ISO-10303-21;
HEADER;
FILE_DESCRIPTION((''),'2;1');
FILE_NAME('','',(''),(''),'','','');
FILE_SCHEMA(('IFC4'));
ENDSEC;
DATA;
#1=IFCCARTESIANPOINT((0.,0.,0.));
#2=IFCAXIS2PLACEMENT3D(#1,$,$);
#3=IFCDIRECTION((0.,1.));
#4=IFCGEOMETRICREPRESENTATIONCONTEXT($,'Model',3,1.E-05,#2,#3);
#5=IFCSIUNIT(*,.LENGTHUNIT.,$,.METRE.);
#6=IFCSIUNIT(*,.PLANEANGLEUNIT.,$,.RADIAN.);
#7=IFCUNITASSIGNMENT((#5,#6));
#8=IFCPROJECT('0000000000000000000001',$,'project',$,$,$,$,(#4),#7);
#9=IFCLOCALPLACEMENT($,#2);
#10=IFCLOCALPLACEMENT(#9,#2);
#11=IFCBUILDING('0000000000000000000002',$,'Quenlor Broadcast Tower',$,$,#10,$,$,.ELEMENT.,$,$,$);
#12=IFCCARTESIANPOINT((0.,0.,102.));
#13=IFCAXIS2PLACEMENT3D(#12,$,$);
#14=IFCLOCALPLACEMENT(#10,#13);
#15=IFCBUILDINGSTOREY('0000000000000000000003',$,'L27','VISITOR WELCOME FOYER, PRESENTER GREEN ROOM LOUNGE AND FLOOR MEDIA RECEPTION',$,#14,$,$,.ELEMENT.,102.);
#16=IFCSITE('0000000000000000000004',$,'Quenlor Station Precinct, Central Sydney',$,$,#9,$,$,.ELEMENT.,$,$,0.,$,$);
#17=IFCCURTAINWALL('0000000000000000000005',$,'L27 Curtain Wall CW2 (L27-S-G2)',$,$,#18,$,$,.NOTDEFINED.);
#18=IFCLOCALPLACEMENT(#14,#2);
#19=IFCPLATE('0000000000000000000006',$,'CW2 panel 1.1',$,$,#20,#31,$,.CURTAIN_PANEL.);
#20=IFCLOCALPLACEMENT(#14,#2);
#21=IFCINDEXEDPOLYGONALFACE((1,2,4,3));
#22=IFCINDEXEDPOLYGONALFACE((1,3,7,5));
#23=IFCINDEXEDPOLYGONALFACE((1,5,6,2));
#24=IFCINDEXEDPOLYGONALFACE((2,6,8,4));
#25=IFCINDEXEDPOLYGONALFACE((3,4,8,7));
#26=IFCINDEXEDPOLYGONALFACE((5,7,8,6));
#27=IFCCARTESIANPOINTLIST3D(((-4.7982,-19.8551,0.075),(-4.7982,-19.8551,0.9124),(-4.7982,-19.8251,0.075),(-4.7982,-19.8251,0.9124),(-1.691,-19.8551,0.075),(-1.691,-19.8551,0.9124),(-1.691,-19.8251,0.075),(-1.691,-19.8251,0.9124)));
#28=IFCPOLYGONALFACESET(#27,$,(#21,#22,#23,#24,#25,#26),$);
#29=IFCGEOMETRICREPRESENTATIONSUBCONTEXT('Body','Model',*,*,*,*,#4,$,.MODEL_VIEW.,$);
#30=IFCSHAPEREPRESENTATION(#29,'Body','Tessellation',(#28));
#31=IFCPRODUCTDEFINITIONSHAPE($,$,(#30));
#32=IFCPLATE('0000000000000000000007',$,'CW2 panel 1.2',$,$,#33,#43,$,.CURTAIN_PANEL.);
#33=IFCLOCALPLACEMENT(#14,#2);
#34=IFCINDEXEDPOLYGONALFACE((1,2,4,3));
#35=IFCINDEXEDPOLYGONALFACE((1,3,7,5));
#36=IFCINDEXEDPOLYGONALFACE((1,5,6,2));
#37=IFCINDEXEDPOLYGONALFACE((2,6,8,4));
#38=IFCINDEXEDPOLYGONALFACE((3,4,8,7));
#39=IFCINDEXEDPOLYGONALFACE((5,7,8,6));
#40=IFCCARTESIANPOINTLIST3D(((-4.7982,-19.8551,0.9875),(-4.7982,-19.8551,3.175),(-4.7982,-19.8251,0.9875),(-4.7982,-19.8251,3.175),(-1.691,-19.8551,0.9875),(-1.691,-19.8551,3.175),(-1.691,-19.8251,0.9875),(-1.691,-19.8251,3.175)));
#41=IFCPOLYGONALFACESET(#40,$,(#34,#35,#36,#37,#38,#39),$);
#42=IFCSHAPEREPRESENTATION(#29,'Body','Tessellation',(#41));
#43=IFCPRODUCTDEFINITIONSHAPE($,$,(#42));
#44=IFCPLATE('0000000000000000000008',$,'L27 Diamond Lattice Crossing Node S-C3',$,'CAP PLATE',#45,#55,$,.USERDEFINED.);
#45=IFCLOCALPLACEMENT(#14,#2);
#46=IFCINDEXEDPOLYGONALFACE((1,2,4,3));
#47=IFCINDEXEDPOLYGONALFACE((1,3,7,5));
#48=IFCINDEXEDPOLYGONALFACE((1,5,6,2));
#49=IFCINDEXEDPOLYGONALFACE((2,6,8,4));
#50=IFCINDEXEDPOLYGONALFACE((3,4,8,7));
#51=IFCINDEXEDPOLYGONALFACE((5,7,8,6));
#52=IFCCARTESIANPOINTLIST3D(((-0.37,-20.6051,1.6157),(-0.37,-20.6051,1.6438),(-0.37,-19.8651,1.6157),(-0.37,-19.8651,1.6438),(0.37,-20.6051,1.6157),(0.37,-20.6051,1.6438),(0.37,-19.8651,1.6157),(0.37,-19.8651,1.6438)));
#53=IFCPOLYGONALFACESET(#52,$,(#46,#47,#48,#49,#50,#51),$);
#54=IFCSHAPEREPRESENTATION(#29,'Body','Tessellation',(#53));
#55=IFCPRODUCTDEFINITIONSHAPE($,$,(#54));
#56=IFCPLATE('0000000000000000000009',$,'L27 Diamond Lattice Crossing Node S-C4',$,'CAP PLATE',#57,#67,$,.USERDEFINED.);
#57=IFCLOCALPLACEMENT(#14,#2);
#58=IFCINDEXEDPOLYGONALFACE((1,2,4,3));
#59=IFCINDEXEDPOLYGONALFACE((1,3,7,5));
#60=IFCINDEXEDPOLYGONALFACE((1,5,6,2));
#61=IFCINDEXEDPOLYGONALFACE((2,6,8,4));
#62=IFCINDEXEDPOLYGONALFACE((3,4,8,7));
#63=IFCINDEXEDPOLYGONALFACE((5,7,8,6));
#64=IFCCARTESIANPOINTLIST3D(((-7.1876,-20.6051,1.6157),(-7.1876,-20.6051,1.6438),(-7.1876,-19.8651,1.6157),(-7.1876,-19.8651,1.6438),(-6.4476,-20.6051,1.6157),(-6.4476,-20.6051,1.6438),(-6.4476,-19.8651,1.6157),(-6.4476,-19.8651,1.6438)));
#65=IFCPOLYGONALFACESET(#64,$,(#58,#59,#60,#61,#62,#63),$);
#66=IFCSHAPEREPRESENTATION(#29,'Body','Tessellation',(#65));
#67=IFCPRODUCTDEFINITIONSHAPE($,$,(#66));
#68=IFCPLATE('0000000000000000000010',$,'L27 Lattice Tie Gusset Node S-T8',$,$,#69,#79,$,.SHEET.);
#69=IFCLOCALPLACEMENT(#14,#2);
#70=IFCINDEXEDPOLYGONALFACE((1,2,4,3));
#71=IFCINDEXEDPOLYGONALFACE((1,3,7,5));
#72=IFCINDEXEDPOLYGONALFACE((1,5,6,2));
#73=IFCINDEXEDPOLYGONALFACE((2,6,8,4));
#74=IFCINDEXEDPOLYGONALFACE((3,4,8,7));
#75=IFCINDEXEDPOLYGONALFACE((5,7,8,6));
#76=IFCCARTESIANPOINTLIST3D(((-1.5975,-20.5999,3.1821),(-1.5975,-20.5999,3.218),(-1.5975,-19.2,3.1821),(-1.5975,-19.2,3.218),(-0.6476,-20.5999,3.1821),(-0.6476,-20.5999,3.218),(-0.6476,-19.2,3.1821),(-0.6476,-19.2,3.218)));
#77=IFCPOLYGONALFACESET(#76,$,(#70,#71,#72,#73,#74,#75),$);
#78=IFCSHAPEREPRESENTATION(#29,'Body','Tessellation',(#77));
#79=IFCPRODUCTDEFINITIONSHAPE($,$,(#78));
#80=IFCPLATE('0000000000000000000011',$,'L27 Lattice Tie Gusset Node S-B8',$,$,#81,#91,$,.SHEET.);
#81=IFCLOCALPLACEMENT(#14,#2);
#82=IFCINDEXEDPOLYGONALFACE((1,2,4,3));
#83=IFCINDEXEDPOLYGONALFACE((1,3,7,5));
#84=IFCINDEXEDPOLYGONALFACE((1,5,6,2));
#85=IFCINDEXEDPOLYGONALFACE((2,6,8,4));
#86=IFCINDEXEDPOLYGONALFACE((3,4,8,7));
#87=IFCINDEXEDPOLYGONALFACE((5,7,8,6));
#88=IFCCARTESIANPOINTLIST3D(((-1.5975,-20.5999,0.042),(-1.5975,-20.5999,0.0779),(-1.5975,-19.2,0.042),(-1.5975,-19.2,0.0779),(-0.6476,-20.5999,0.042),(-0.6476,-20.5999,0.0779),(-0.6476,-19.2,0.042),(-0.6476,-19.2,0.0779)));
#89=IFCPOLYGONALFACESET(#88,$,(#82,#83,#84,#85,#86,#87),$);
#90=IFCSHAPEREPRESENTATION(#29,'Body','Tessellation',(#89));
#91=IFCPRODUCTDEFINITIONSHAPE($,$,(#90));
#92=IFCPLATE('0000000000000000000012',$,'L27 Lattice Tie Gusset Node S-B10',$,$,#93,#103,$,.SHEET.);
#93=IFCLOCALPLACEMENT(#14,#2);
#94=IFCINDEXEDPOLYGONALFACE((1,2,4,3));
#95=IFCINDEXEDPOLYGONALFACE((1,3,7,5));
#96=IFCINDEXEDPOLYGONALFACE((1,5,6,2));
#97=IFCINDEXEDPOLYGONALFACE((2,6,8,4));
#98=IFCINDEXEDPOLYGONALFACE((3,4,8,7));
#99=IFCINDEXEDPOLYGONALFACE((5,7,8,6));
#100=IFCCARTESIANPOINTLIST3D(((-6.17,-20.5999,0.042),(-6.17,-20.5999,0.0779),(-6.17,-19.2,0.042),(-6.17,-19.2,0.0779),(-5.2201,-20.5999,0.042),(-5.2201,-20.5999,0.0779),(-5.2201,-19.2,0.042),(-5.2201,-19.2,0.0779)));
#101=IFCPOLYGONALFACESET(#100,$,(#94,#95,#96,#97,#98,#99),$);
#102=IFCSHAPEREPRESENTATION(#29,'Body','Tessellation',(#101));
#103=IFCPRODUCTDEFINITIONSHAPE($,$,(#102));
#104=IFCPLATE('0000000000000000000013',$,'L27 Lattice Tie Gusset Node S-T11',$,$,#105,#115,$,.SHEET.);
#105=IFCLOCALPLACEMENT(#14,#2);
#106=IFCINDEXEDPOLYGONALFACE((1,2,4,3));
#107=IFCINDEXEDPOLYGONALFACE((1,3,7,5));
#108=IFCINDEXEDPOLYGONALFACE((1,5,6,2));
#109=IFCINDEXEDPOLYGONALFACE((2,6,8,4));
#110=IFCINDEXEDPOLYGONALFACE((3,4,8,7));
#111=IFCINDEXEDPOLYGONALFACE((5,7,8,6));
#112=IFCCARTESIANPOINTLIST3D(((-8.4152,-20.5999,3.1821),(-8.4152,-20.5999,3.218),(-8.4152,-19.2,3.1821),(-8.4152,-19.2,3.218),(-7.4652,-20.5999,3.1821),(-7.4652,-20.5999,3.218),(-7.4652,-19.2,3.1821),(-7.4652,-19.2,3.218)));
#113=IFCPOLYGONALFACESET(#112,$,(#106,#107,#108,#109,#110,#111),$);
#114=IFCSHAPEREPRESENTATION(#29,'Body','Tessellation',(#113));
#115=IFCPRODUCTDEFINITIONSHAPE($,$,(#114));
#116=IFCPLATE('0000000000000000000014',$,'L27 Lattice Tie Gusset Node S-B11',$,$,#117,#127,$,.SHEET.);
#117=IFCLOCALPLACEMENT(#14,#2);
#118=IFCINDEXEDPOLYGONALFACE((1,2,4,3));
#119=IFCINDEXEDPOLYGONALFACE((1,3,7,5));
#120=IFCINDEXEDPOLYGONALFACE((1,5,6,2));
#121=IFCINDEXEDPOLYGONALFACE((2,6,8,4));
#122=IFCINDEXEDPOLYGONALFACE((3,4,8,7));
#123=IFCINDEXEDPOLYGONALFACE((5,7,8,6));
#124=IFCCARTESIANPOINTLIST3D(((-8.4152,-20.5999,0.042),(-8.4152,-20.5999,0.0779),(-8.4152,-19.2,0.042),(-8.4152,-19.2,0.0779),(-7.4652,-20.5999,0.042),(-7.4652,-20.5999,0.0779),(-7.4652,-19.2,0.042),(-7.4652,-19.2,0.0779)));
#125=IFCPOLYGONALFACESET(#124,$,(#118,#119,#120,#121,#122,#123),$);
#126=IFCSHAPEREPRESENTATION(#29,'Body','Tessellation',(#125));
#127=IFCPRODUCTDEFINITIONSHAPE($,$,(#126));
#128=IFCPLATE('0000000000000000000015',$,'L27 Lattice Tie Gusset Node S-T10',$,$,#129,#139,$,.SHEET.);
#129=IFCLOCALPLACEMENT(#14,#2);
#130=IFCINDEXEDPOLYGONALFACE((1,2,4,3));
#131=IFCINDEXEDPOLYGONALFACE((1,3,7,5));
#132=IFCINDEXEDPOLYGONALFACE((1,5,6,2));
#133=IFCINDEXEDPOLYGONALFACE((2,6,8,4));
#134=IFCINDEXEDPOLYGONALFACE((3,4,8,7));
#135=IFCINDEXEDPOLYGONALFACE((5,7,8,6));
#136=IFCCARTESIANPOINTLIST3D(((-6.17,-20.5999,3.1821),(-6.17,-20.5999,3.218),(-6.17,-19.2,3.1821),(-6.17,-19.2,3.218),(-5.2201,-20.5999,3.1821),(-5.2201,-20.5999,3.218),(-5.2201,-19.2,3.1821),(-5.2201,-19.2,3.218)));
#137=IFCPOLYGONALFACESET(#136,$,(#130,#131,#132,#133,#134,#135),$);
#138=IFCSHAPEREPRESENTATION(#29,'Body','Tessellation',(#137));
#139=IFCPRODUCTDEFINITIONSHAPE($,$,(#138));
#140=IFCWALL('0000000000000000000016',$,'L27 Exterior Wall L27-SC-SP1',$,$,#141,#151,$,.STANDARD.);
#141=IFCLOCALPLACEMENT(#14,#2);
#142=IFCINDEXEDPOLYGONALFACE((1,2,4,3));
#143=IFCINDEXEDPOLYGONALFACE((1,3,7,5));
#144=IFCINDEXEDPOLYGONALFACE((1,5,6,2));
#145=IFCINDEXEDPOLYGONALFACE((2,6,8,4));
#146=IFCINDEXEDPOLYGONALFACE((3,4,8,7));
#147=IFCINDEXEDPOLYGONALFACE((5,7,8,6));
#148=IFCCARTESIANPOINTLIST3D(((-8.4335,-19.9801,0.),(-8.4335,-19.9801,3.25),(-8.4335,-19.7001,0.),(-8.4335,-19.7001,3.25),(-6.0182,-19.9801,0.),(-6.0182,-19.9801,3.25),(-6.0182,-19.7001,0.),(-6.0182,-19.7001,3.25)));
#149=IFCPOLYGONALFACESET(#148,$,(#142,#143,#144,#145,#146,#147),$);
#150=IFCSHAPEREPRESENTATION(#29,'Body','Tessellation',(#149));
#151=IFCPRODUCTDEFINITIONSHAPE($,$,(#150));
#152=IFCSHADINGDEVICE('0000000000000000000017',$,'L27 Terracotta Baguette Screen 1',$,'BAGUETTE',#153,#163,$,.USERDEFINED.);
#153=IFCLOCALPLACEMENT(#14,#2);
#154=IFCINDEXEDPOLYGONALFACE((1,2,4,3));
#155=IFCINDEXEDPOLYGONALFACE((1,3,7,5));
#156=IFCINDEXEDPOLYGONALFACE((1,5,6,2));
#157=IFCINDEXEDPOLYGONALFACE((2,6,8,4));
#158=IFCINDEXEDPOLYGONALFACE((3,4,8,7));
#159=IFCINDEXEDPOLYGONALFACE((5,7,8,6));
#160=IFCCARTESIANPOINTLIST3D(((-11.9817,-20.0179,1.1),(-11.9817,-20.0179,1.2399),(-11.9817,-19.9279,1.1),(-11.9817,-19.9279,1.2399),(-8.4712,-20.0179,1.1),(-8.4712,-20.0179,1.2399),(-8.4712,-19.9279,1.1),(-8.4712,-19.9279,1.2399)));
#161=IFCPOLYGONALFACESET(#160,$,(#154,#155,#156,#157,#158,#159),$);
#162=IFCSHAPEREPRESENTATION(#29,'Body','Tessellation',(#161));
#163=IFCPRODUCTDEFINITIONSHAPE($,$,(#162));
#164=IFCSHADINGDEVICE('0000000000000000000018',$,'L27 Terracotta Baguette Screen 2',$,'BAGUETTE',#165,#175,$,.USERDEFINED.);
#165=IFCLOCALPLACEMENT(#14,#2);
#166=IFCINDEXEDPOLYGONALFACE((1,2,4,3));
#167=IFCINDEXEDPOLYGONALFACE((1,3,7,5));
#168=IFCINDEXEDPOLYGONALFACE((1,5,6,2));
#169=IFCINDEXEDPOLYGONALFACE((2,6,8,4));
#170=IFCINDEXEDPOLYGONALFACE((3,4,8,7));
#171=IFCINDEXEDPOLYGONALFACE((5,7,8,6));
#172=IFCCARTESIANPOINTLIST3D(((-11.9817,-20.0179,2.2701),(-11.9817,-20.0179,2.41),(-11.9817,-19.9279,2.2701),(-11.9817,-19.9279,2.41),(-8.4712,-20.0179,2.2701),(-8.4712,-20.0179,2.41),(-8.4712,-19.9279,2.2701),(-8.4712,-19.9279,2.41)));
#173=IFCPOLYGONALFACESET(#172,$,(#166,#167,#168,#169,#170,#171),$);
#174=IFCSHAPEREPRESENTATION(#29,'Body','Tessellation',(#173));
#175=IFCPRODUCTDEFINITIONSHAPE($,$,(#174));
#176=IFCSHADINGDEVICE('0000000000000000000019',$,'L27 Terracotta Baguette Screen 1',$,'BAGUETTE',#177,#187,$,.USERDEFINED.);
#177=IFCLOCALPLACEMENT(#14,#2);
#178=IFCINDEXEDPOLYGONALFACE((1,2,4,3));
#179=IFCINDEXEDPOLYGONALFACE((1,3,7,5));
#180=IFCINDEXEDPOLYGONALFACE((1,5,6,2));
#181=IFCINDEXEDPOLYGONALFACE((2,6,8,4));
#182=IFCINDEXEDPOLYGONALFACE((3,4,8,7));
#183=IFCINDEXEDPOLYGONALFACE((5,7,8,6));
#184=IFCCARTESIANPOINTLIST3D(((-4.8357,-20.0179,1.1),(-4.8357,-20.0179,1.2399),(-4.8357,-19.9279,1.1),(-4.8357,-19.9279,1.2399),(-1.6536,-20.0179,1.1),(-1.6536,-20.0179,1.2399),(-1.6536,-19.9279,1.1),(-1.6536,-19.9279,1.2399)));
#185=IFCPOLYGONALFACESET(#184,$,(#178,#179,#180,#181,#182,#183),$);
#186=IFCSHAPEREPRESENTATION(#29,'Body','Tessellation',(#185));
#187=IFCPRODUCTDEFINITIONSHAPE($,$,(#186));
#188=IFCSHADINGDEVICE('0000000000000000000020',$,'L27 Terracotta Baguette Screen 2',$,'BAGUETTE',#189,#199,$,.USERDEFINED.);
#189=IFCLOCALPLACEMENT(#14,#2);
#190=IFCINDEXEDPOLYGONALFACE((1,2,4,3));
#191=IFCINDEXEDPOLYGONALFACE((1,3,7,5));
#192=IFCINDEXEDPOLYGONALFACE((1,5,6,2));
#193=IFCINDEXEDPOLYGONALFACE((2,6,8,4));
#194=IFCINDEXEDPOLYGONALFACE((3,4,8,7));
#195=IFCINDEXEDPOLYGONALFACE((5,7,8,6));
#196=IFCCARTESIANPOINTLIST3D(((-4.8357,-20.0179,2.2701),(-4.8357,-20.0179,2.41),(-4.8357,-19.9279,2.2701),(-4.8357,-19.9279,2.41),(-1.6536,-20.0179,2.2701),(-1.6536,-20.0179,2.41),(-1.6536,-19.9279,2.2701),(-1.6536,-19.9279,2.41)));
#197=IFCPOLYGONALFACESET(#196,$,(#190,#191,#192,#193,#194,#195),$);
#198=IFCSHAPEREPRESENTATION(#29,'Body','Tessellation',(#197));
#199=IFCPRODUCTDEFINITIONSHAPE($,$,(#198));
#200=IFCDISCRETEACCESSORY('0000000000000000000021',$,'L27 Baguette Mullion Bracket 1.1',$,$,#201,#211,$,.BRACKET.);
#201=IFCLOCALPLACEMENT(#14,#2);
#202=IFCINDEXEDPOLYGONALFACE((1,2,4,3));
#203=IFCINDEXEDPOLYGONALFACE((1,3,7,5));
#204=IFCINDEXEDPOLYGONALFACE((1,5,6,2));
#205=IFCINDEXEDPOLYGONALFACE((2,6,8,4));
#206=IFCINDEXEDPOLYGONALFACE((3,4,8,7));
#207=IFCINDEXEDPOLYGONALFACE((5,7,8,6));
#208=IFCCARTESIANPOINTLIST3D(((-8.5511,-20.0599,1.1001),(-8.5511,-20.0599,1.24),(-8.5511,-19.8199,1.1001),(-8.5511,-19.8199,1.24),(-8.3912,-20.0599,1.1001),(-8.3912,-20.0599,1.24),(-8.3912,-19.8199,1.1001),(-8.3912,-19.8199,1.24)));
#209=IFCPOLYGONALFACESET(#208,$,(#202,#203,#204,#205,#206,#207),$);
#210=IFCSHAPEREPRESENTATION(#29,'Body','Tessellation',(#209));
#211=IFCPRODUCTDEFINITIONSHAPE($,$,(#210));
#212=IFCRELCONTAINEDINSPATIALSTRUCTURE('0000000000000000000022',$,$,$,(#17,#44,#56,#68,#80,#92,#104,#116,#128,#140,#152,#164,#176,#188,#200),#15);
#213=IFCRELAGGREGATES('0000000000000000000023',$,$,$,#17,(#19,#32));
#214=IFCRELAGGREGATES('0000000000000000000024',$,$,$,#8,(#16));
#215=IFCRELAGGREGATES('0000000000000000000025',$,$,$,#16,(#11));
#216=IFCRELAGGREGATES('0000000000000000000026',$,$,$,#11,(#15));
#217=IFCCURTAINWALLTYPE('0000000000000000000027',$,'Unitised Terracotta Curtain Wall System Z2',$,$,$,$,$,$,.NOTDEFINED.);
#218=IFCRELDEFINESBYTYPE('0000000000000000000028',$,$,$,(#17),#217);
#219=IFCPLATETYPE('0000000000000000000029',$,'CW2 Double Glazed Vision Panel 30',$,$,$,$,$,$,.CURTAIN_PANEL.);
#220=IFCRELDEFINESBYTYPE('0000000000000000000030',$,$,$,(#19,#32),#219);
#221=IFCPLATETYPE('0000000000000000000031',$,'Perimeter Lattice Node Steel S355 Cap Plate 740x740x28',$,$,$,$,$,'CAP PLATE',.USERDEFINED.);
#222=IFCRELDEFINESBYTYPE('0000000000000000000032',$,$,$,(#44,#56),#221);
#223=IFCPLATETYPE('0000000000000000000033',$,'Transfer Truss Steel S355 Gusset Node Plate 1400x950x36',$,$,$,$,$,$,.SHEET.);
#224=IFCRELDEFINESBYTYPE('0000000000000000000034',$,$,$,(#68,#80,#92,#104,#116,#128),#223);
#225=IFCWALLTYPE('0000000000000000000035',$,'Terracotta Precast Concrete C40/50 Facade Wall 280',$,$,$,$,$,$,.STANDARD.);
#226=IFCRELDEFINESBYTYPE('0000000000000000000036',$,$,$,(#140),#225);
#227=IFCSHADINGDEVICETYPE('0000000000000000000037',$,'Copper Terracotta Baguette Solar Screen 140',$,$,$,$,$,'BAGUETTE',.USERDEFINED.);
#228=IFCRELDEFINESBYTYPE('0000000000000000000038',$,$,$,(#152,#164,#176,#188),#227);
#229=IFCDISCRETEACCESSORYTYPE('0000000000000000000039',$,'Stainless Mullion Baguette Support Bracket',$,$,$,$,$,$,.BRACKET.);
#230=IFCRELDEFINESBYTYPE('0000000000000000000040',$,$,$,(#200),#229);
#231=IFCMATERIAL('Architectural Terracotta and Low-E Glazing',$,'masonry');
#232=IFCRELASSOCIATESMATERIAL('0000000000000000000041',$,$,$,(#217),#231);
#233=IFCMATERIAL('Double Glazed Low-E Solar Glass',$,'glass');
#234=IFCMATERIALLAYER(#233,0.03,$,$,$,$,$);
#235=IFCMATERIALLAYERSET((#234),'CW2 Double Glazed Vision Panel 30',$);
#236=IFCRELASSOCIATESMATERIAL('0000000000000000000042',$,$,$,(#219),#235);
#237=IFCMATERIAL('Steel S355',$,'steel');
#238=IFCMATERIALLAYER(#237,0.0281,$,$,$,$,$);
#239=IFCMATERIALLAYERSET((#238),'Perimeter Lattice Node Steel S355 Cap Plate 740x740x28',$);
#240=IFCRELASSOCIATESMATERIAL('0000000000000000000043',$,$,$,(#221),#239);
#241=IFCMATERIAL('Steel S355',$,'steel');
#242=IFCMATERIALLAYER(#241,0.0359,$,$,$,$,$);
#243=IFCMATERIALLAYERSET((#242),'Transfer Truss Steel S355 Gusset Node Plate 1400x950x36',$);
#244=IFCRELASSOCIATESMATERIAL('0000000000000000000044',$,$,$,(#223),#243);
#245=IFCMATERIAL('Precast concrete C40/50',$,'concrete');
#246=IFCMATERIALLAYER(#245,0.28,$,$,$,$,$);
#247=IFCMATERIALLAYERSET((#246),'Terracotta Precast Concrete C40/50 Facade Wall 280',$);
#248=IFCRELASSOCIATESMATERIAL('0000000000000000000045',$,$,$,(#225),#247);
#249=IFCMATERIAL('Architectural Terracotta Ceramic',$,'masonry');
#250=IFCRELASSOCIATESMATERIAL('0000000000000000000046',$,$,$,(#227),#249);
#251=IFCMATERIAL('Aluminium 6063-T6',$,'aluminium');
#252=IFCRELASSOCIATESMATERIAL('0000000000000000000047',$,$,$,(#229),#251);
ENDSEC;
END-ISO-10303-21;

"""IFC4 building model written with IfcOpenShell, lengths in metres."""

from ifc_helpers import new_model, si_unit, direction, frame, frame_2d, origin, origin_2d, place, context, subcontext, project, spatial, rectangle, extrude, material, layer, layer_set, material_profile, profile_set, type_object, element, aggregate, save


model = new_model("IFC4")

# Units and contexts
model_context = context("Model", 3, precision=1e-05, world=origin(), true_north=direction((0.0, 1.0)))
body_context = subcontext(model_context, "Body", "Model", "MODEL_VIEW")
ifc_project = project(units=[si_unit("LENGTHUNIT", "METRE"), si_unit("PLANEANGLEUNIT", "RADIAN")], contexts=[model_context])

# Site, building, storey
site_placement = place(None, origin())
site = spatial("IfcSite", under=ifc_project, at=site_placement, Name="Quenlor Station Precinct, Central Sydney", CompositionType="ELEMENT", RefElevation=0.0)
building_placement = place(site_placement, origin())
building = spatial("IfcBuilding", under=site, at=building_placement, Name="Quenlor Broadcast Tower", CompositionType="ELEMENT")
storey_placement = place(building_placement, frame((0.0, 0.0, 102.0)))
storey = spatial("IfcBuildingStorey", under=building, at=storey_placement, Name="L27", Description="VISITOR WELCOME FOYER, PRESENTER GREEN ROOM LOUNGE AND FLOOR MEDIA RECEPTION", CompositionType="ELEMENT", Elevation=102.0)

# Shared definitions
ifc_material_1 = material(Name="Architectural Terracotta and Low-E Glazing", Category="masonry")
curtain_wall_type = type_object("IfcCurtainWallType", Name="Unitised Terracotta Curtain Wall System Z2", PredefinedType="NOTDEFINED", material=ifc_material_1)

# Curtain wall
curtain_wall_1_placement = place(storey_placement, origin())
curtain_wall_1 = element("IfcCurtainWall", 1, at=curtain_wall_1_placement, inside=storey, type_object=curtain_wall_type, Name="L27 Curtain Wall CW2 (L27-S-G2)", PredefinedType="NOTDEFINED")

# Plates
ifc_material_2 = material(Name="Double Glazed Low-E Solar Glass", Category="glass")
ifc_layer_1 = layer(ifc_material_2, 0.03)
ifc_layer_set_1 = layer_set([ifc_layer_1], Name="CW2 Double Glazed Vision Panel 30")
plate_type_1 = type_object("IfcPlateType", Name="CW2 Double Glazed Vision Panel 30", PredefinedType="CURTAIN_PANEL", material=ifc_layer_set_1)
plate_1_placement = place(storey_placement, frame((-3.2446, -19.8401, 0.075), z_axis=(0.0, 0.0, 1.0), x_axis=(-1.0, 0.0, 0.0)))
plate_1 = element("IfcPlate", 2, at=plate_1_placement, type_object=plate_type_1, Name="CW2 panel 1.1", PredefinedType="CURTAIN_PANEL", context=body_context, shape_type="SweptSolid", body=[
    extrude(rectangle(XDim=3.1072, YDim=0.03, at=origin_2d()), origin(), (0.0, 0.0, 1.0), 0.8374),
])
plate_2_placement = place(storey_placement, frame((-3.2446, -19.8401, 0.9875), z_axis=(0.0, 0.0, 1.0), x_axis=(-1.0, 0.0, 0.0)))
plate_2 = element("IfcPlate", 3, at=plate_2_placement, type_object=plate_type_1, Name="CW2 panel 1.2", PredefinedType="CURTAIN_PANEL", context=body_context, shape_type="SweptSolid", body=[
    extrude(rectangle(XDim=3.1072, YDim=0.03, at=origin_2d()), origin(), (0.0, 0.0, 1.0), 2.1875),
])
aggregate(curtain_wall_1, [plate_1, plate_2])

# Plates
ifc_material_3 = material(Name="Steel S355", Category="steel")
ifc_layer_2 = layer(ifc_material_3, 0.0281)
ifc_layer_set_2 = layer_set([ifc_layer_2], Name="Perimeter Lattice Node Steel S355 Cap Plate 740x740x28")
plate_type_2 = type_object("IfcPlateType", Name="Perimeter Lattice Node Steel S355 Cap Plate 740x740x28", ElementType="CAP PLATE", PredefinedType="USERDEFINED", material=ifc_layer_set_2)
for number, where, z_axis, x_axis, name in (
    (4, (0.0, -20.2351, 1.6157), (0.0, 0.0, 1.0), (-1.0, 0.0, 0.0), "L27 Diamond Lattice Crossing Node S-C3"),
    (5, (-6.8176, -20.2351, 1.6157), (0.0, 0.0, 1.0), (-1.0, 0.0, 0.0), "L27 Diamond Lattice Crossing Node S-C4"),
):
    element("IfcPlate", number, at=place(storey_placement, frame(where, z_axis=z_axis, x_axis=x_axis)), inside=storey, type_object=plate_type_2, Name=name, ObjectType="CAP PLATE", PredefinedType="USERDEFINED", context=body_context, shape_type="SweptSolid", body=[
        extrude(rectangle(XDim=0.74, YDim=0.74, at=origin_2d()), origin(), (0.0, 0.0, 1.0), 0.0281),
    ])
ifc_material_4 = material(Name="Steel S355", Category="steel")
ifc_layer_3 = layer(ifc_material_4, 0.0359)
ifc_layer_set_3 = layer_set([ifc_layer_3], Name="Transfer Truss Steel S355 Gusset Node Plate 1400x950x36")
plate_type_3 = type_object("IfcPlateType", Name="Transfer Truss Steel S355 Gusset Node Plate 1400x950x36", PredefinedType="SHEET", material=ifc_layer_set_3)
for number, where, z_axis, x_axis, name in (
    (6, (-1.1226, -19.8999, 3.1821), (0.0, 0.0, 1.0), (0.0, -1.0, 0.0), "L27 Lattice Tie Gusset Node S-T8"),
    (7, (-1.1226, -19.8999, 0.042), (0.0, 0.0, 1.0), (0.0, -1.0, 0.0), "L27 Lattice Tie Gusset Node S-B8"),
    (8, (-5.6951, -19.8999, 0.042), (0.0, 0.0, 1.0), (0.0, -1.0, 0.0), "L27 Lattice Tie Gusset Node S-B10"),
    (9, (-7.9402, -19.8999, 3.1821), (0.0, 0.0, 1.0), (0.0, -1.0, 0.0), "L27 Lattice Tie Gusset Node S-T11"),
    (10, (-7.9402, -19.8999, 0.042), (0.0, 0.0, 1.0), (0.0, -1.0, 0.0), "L27 Lattice Tie Gusset Node S-B11"),
    (11, (-5.6951, -19.8999, 3.1821), (0.0, 0.0, 1.0), (0.0, -1.0, 0.0), "L27 Lattice Tie Gusset Node S-T10"),
):
    element("IfcPlate", number, at=place(storey_placement, frame(where, z_axis=z_axis, x_axis=x_axis)), inside=storey, type_object=plate_type_3, Name=name, PredefinedType="SHEET", context=body_context, shape_type="SweptSolid", body=[
        extrude(rectangle(XDim=1.3999, YDim=0.95, at=origin_2d()), origin(), (0.0, 0.0, 1.0), 0.0359),
    ])

# Wall
ifc_material_5 = material(Name="Precast concrete C40/50", Category="concrete")
ifc_layer_4 = layer(ifc_material_5, 0.28)
ifc_layer_set_4 = layer_set([ifc_layer_4], Name="Terracotta Precast Concrete C40/50 Facade Wall 280")
wall_type = type_object("IfcWallType", Name="Terracotta Precast Concrete C40/50 Facade Wall 280", PredefinedType="STANDARD", material=ifc_layer_set_4)
wall_placement = place(storey_placement, frame((-6.0183, -19.8401, 0.0), z_axis=(0.0, 0.0, 1.0), x_axis=(-1.0, 0.0, 0.0)))
element("IfcWall", 12, at=wall_placement, inside=storey, type_object=wall_type, Name="L27 Exterior Wall L27-SC-SP1", PredefinedType="STANDARD", context=body_context, shape_type="SweptSolid", body=[
    extrude(rectangle(XDim=2.4153, YDim=0.28, at=frame_2d((1.2075, 0.0))), origin(), (0.0, 0.0, 1.0), 3.25),
])

# Shading devices
ifc_material_6 = material(Name="Architectural Terracotta Ceramic", Category="masonry")
ifc_material_profile_1 = material_profile(ifc_material_6, rectangle(XDim=0.0901, YDim=0.1399, at=origin_2d()))
ifc_profile_set_1 = profile_set([ifc_material_profile_1], Name="Architectural Terracotta Ceramic BAG90x140")
shading_device_type = type_object("IfcShadingDeviceType", Name="Copper Terracotta Baguette Solar Screen 140", ElementType="BAGUETTE", PredefinedType="USERDEFINED", material=ifc_profile_set_1)
for number, where, z_axis, x_axis, name in (
    (13, (-8.4712, -19.9729, 1.1699), (-1.0, 0.0, 0.0), (0.0, -1.0, 0.0), "L27 Terracotta Baguette Screen 1"),
    (14, (-8.4712, -19.9729, 2.3401), (-1.0, 0.0, 0.0), (0.0, -1.0, 0.0), "L27 Terracotta Baguette Screen 2"),
):
    element("IfcShadingDevice", number, at=place(storey_placement, frame(where, z_axis=z_axis, x_axis=x_axis)), inside=storey, type_object=shading_device_type, Name=name, ObjectType="BAGUETTE", PredefinedType="USERDEFINED", context=body_context, shape_type="SweptSolid", body=[
        extrude(rectangle(XDim=0.0901, YDim=0.1399, at=origin_2d()), origin(), (0.0, 0.0, 1.0), 3.5105),
    ])
for number, where, z_axis, x_axis, name in (
    (15, (-1.6536, -19.9729, 1.1699), (-1.0, 0.0, 0.0), (0.0, -1.0, 0.0), "L27 Terracotta Baguette Screen 1"),
    (16, (-1.6536, -19.9729, 2.3401), (-1.0, 0.0, 0.0), (0.0, -1.0, 0.0), "L27 Terracotta Baguette Screen 2"),
):
    element("IfcShadingDevice", number, at=place(storey_placement, frame(where, z_axis=z_axis, x_axis=x_axis)), inside=storey, type_object=shading_device_type, Name=name, ObjectType="BAGUETTE", PredefinedType="USERDEFINED", context=body_context, shape_type="SweptSolid", body=[
        extrude(rectangle(XDim=0.0901, YDim=0.1399, at=origin_2d()), origin(), (0.0, 0.0, 1.0), 3.1821),
    ])

# Discrete accessory
ifc_material_7 = material(Name="Aluminium 6063-T6", Category="aluminium")
discrete_accessory_type = type_object("IfcDiscreteAccessoryType", Name="Stainless Mullion Baguette Support Bracket", PredefinedType="BRACKET", material=ifc_material_7)
for number, where, z_axis, x_axis, name in (
    (17, (-8.4712, -19.9399, 1.1001), (0.0, 0.0, 1.0), (-1.0, 0.0, 0.0), "L27 Baguette Mullion Bracket 1.1"),
):
    element("IfcDiscreteAccessory", number, at=place(storey_placement, frame(where, z_axis=z_axis, x_axis=x_axis)), inside=storey, type_object=discrete_accessory_type, Name=name, PredefinedType="BRACKET", context=body_context, shape_type="SweptSolid", body=[
        extrude(rectangle(XDim=0.1599, YDim=0.24, at=origin_2d()), origin(), (0.0, 0.0, 1.0), 0.1399),
    ])

save(model, "model.ifc")
